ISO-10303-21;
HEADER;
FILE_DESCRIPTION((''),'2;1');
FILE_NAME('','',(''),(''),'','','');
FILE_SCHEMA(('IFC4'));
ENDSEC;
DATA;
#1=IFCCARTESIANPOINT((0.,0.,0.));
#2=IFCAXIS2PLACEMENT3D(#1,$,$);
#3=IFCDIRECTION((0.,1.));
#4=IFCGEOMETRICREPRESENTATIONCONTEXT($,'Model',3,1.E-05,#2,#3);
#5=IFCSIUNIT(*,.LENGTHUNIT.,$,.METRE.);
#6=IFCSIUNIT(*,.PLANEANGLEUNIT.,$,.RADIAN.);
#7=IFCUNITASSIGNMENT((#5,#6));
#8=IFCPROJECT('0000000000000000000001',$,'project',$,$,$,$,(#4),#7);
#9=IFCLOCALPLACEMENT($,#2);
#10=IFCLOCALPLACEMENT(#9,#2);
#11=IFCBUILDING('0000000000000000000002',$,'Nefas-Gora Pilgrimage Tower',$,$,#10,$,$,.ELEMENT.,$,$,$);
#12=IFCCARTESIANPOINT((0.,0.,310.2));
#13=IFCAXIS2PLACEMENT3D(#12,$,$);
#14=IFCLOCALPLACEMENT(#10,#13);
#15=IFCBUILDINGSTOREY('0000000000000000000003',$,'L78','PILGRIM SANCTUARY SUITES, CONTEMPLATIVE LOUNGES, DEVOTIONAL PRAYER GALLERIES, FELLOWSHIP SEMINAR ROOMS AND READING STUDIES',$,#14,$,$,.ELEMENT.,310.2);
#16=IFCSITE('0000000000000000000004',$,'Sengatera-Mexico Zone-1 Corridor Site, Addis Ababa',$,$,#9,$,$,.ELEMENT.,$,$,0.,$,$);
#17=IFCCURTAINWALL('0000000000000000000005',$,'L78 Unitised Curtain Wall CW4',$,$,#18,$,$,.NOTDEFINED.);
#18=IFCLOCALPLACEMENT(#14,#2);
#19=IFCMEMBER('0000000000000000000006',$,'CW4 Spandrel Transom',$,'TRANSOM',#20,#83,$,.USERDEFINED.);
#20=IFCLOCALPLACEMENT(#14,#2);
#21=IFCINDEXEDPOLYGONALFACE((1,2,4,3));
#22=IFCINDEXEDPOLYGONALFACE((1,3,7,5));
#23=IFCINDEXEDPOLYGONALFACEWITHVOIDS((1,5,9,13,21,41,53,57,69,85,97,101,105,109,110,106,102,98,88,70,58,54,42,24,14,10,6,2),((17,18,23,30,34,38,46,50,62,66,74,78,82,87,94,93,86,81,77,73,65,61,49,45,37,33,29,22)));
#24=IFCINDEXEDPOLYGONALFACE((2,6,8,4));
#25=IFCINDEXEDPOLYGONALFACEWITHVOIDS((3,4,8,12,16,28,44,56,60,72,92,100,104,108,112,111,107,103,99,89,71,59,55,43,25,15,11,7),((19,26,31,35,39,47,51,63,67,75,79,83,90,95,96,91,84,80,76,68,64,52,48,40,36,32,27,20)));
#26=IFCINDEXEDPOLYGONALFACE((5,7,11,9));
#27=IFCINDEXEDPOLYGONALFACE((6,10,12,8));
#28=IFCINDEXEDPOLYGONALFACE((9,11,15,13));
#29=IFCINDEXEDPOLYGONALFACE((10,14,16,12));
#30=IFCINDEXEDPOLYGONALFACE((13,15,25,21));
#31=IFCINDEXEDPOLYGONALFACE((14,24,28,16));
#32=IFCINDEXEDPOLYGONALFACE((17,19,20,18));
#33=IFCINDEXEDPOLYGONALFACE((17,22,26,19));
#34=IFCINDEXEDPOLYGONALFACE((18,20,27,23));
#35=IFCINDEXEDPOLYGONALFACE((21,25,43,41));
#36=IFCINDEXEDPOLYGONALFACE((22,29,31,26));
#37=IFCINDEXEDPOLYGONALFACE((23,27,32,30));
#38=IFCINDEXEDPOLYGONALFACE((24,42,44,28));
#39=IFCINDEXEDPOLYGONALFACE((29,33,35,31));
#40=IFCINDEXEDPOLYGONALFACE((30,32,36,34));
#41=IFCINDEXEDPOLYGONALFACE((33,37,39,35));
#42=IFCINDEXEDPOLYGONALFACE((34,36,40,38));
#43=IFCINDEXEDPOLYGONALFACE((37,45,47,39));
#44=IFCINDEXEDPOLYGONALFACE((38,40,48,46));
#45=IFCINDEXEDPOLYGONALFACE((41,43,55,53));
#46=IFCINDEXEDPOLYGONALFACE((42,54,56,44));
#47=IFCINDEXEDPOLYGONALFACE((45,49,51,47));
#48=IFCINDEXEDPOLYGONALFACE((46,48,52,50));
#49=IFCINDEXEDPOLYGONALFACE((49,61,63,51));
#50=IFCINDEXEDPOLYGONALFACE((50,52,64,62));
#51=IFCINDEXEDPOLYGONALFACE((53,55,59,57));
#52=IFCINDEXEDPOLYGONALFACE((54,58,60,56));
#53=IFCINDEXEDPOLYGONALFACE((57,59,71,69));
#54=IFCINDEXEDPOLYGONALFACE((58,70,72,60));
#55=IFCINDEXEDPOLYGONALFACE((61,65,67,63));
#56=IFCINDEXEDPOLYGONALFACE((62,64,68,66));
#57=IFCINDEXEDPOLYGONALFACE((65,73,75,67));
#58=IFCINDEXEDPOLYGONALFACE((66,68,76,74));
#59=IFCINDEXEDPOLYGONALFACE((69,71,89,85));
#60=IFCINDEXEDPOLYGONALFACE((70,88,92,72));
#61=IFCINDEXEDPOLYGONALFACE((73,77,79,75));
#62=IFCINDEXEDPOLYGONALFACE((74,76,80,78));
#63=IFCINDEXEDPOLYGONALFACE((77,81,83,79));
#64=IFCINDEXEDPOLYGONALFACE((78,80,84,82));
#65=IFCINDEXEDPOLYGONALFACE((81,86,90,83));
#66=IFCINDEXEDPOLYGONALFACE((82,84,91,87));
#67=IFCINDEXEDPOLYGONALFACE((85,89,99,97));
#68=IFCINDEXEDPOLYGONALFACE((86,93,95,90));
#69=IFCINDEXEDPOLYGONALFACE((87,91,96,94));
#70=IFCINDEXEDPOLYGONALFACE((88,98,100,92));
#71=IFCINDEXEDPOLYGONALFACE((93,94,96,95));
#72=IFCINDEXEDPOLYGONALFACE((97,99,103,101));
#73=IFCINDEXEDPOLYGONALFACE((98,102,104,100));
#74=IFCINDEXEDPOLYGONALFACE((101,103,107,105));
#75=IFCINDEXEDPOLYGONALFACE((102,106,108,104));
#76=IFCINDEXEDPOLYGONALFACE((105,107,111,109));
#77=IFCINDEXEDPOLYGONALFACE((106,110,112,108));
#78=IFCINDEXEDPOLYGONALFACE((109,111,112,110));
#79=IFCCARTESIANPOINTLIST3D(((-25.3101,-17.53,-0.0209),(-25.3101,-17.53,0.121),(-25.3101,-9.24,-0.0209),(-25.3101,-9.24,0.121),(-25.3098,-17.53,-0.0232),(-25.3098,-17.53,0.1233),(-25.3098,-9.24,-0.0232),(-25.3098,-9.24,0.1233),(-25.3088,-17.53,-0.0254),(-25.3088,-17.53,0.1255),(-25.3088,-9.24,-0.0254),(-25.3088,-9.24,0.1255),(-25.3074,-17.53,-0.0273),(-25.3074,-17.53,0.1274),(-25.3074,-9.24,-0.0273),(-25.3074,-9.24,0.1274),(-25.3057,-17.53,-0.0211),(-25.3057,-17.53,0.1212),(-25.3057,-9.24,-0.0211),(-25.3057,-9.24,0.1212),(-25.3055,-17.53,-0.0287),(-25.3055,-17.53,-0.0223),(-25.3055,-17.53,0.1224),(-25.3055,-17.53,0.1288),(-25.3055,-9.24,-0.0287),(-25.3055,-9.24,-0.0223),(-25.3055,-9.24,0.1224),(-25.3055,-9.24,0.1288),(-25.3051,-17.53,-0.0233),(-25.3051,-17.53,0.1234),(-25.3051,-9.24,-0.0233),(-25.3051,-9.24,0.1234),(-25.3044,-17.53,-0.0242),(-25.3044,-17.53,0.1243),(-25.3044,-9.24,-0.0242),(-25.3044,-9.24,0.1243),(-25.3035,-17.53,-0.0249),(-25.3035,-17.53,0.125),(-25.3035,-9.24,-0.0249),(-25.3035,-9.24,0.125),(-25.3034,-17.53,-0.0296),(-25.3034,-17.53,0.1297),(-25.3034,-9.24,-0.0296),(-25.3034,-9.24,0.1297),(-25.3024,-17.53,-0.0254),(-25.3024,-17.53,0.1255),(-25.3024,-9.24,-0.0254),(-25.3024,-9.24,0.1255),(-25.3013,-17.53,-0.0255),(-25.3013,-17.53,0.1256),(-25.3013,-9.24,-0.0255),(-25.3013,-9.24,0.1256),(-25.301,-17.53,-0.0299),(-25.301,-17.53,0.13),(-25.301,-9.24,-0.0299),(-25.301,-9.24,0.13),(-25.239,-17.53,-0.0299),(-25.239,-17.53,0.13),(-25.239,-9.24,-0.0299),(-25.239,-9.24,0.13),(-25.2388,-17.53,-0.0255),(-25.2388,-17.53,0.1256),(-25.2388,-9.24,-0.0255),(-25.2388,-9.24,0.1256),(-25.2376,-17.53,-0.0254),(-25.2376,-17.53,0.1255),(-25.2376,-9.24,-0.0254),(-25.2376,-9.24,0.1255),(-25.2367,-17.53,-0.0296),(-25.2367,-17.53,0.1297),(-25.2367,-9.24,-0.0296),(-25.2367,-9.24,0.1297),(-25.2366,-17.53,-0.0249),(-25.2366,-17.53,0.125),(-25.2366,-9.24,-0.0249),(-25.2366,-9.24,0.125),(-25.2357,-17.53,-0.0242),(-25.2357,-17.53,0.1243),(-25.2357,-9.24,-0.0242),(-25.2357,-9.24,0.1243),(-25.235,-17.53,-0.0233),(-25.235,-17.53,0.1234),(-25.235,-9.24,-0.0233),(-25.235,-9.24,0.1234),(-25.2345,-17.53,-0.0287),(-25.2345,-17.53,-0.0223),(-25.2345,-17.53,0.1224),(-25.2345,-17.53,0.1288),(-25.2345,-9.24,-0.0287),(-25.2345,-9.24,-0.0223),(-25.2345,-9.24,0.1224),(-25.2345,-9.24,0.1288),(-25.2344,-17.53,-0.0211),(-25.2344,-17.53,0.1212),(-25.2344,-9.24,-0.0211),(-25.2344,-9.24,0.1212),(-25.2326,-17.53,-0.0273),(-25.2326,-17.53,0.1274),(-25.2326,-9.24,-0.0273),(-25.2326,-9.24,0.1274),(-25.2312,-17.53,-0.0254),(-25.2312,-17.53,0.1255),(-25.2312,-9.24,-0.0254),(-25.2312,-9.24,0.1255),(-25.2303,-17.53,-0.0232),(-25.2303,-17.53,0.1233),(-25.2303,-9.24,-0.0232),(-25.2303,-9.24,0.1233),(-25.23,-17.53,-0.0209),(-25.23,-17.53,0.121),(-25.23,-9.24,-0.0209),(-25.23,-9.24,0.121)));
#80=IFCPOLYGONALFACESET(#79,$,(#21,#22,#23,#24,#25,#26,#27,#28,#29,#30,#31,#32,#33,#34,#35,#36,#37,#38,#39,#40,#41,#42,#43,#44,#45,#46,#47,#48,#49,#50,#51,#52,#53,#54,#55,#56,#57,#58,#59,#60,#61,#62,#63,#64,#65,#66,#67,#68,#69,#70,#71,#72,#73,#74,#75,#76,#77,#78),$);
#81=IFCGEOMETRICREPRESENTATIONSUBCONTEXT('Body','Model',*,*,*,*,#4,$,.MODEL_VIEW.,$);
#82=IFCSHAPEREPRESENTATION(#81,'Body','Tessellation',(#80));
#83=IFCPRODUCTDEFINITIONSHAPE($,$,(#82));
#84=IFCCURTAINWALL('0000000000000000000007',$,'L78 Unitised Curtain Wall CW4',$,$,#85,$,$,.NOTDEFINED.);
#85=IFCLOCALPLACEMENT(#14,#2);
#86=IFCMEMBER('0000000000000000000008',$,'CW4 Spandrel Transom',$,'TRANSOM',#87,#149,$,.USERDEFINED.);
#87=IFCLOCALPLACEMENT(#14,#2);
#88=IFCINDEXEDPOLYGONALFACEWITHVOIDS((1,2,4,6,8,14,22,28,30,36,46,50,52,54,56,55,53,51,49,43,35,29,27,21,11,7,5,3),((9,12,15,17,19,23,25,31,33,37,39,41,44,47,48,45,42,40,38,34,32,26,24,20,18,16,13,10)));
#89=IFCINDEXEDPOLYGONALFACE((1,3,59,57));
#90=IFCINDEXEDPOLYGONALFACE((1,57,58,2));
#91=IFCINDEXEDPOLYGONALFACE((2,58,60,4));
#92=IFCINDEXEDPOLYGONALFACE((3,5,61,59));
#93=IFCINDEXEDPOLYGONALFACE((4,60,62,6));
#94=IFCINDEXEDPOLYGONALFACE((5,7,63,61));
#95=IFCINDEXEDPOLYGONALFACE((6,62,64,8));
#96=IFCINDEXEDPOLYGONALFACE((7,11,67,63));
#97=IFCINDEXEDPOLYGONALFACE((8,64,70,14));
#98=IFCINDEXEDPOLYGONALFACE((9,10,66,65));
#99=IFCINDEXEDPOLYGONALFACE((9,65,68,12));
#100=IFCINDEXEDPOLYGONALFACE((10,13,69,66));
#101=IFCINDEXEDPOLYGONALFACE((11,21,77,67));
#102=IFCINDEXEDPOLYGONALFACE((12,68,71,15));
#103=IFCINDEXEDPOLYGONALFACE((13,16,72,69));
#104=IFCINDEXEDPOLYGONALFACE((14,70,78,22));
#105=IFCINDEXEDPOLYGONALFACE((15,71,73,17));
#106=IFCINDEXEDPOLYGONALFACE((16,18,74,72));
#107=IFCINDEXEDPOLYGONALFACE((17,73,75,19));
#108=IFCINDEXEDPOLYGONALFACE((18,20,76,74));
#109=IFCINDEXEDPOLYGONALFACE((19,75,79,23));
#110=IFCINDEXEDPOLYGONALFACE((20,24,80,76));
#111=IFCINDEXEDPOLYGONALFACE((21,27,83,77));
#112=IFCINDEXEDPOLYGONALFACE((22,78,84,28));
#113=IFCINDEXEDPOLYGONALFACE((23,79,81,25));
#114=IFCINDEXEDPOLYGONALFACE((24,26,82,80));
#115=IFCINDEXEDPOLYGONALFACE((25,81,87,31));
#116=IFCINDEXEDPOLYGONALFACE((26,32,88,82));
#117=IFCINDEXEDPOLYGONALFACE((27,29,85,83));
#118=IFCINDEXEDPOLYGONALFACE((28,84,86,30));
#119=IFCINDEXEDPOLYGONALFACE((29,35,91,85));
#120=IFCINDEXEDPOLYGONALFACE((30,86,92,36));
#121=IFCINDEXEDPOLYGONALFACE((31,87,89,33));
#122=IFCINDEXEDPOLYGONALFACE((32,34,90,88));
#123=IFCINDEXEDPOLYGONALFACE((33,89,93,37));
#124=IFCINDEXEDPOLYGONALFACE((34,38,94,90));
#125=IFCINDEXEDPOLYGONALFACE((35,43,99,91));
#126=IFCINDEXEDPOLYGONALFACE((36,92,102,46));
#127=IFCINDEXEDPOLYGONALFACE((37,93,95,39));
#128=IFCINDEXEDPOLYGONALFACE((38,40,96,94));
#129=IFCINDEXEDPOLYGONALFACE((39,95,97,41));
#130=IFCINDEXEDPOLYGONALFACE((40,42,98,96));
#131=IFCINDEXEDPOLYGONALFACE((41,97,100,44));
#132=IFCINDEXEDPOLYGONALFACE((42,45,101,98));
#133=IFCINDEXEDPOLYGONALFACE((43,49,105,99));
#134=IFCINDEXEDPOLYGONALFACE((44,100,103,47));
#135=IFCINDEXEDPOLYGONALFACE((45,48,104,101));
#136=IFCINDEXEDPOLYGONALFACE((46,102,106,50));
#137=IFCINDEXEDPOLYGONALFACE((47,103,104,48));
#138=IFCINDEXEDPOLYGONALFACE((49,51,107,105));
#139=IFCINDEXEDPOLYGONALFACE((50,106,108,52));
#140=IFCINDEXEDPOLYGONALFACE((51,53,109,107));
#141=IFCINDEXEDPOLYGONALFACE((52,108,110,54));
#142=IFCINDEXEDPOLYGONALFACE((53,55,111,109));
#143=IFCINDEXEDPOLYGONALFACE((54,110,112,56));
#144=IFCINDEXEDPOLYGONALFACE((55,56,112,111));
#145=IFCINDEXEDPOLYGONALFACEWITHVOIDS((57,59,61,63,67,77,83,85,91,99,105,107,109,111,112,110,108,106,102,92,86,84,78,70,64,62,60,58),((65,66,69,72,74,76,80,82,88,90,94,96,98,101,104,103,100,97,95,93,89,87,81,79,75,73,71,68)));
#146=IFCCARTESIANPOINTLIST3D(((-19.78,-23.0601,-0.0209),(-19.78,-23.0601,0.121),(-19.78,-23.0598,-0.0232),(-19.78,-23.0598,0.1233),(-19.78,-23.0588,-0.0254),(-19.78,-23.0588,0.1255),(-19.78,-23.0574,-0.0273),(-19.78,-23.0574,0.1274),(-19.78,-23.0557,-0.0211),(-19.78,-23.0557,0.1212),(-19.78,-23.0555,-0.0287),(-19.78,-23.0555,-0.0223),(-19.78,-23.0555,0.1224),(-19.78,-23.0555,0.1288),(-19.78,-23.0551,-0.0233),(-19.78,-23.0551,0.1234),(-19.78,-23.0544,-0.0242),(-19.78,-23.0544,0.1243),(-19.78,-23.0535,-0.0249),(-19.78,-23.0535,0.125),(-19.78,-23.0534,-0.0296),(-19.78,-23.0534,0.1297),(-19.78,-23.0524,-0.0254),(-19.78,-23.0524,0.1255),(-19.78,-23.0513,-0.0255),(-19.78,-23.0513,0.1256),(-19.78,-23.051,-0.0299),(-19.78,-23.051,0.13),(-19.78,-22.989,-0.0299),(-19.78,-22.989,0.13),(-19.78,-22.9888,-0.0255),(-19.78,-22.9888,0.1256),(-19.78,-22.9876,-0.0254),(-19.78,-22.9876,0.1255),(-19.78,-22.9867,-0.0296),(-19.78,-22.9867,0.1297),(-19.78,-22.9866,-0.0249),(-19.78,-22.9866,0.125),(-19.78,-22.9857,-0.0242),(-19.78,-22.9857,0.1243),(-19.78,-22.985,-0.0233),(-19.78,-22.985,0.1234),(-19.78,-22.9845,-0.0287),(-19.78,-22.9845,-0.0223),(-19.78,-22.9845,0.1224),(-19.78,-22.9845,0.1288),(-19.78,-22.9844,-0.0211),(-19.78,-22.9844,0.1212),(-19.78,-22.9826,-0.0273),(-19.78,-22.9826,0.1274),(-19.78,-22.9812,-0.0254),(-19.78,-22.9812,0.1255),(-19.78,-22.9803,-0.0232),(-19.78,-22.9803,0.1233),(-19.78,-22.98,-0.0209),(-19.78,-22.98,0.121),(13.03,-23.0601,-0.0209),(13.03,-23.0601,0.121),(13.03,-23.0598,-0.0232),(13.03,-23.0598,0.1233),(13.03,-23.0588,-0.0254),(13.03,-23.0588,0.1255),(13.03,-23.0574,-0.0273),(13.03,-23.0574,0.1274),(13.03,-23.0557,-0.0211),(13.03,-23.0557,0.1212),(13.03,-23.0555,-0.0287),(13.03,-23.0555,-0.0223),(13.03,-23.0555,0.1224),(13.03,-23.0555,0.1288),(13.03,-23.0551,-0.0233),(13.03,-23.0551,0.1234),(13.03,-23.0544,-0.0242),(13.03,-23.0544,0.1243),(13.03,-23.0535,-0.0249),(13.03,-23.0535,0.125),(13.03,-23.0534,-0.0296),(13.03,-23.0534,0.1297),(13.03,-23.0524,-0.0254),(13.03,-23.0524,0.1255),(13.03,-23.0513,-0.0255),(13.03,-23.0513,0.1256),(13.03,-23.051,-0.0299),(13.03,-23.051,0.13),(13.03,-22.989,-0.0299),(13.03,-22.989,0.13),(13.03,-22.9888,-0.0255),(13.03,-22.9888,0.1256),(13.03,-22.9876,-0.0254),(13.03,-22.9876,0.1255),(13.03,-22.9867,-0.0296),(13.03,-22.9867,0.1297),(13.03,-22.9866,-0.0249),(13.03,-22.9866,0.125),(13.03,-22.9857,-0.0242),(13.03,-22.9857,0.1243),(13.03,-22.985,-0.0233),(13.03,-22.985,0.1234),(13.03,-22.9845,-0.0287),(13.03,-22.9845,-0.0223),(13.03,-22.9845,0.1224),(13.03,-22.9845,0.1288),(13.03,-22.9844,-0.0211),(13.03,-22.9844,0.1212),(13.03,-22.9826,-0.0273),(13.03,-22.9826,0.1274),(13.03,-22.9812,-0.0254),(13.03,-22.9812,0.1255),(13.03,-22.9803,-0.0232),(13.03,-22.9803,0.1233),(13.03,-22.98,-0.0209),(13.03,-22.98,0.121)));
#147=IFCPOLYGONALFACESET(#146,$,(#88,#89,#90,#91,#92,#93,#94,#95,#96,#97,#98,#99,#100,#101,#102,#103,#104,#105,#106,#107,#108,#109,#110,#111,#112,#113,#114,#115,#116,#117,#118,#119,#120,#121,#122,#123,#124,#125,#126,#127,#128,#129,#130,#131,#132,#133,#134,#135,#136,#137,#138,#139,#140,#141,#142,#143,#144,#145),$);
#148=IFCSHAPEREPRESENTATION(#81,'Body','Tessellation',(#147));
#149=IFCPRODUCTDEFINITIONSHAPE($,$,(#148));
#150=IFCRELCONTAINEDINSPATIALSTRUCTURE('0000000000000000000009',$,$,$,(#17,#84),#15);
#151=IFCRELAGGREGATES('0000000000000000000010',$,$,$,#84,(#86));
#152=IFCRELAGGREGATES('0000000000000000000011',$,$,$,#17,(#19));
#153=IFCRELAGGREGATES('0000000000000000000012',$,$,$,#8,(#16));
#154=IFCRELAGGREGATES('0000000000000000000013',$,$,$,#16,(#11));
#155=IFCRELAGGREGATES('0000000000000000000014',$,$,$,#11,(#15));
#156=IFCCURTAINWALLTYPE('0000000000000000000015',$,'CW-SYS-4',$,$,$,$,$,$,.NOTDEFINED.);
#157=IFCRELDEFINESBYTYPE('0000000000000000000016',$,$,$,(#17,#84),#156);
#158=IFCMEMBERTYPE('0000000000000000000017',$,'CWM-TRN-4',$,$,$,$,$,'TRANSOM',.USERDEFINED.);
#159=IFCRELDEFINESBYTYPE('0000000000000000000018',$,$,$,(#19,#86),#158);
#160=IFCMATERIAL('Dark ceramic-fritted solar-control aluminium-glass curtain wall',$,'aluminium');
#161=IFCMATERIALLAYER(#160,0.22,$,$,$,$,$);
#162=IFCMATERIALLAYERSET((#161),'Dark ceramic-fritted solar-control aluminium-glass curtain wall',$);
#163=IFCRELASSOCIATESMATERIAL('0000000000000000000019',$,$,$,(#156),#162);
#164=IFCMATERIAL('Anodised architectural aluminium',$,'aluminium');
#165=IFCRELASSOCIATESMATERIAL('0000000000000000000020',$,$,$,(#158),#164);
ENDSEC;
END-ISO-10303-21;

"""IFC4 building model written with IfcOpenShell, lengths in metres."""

from ifc_helpers import new_model, si_unit, direction, frame, origin, origin_2d, place, context, subcontext, project, spatial, hollow_rectangle, extrude, source, transform, mapped, material, layer, layer_set, material_profile, profile_set, type_object, element, aggregate, save


model = new_model("IFC4")

# Units and contexts
model_context = context("Model", 3, precision=1e-05, world=origin(), true_north=direction((0.0, 1.0)))
body_context = subcontext(model_context, "Body", "Model", "MODEL_VIEW")
ifc_project = project(units=[si_unit("LENGTHUNIT", "METRE"), si_unit("PLANEANGLEUNIT", "RADIAN")], contexts=[model_context])

# Site, building, storey
site_placement = place(None, origin())
site = spatial("IfcSite", under=ifc_project, at=site_placement, Name="Sengatera-Mexico Zone-1 Corridor Site, Addis Ababa", CompositionType="ELEMENT", RefElevation=0.0)
building_placement = place(site_placement, origin())
building = spatial("IfcBuilding", under=site, at=building_placement, Name="Nefas-Gora Pilgrimage Tower", CompositionType="ELEMENT")
storey_placement = place(building_placement, frame((0.0, 0.0, 310.2)))
storey = spatial("IfcBuildingStorey", under=building, at=storey_placement, Name="L78", Description="PILGRIM SANCTUARY SUITES, CONTEMPLATIVE LOUNGES, DEVOTIONAL PRAYER GALLERIES, FELLOWSHIP SEMINAR ROOMS AND READING STUDIES", CompositionType="ELEMENT", Elevation=310.2)

# Curtain walls, members
ifc_material_1 = material(Name="Dark ceramic-fritted solar-control aluminium-glass curtain wall", Category="aluminium")
ifc_layer_1 = layer(ifc_material_1, 0.22)
ifc_layer_set_1 = layer_set([ifc_layer_1], Name="Dark ceramic-fritted solar-control aluminium-glass curtain wall")
curtain_wall_type = type_object("IfcCurtainWallType", Name="CW-SYS-4", PredefinedType="NOTDEFINED", material=ifc_layer_set_1)
curtain_wall_1_placement = place(storey_placement, origin())
curtain_wall_1 = element("IfcCurtainWall", 1, at=curtain_wall_1_placement, inside=storey, type_object=curtain_wall_type, Name="L78 Unitised Curtain Wall CW4", PredefinedType="NOTDEFINED")
ifc_material_2 = material(Name="Anodised architectural aluminium", Category="aluminium")
ifc_material_profile_1 = material_profile(ifc_material_2, hollow_rectangle(XDim=0.0801, YDim=0.1599, WallThickness=0.0044, InnerFilletRadius=0.0044, OuterFilletRadius=0.009, at=origin_2d()), Name="ALU TRANSOM 80x160")
ifc_profile_set_1 = profile_set([ifc_material_profile_1], Name="Anodised architectural aluminium")
member_type_1 = type_object("IfcMemberType", Name="CWM-TRN-4", ElementType="TRANSOM", PredefinedType="USERDEFINED", material=ifc_profile_set_1)
shared_shape_1 = source(origin(), body_context, "Body", "SweptSolid", [
    extrude(hollow_rectangle(XDim=0.0801, YDim=0.1599, WallThickness=0.0044, InnerFilletRadius=0.0044, OuterFilletRadius=0.009, at=origin_2d()), origin(), (0.0, 0.0, 1.0), 8.29),
])
member_1_placement = place(storey_placement, frame((-25.27, -9.24, 0.05), z_axis=(0.0, -1.0, 0.0), x_axis=(1.0, 0.0, 0.0)))
member_1 = element("IfcMember", 2, at=member_1_placement, type_object=member_type_1, Name="CW4 Spandrel Transom", ObjectType="TRANSOM", PredefinedType="USERDEFINED", context=body_context, shape_type="MappedRepresentation", body=[
    mapped(shared_shape_1, transform((0.0, 0.0, 0.0), x_axis=(1.0, 0.0, 0.0), y_axis=(0.0, 1.0, 0.0), z_axis=(0.0, 0.0, 1.0), scale=1.0)),
])
curtain_wall_2_placement = place(storey_placement, origin())
curtain_wall_2 = element("IfcCurtainWall", 3, at=curtain_wall_2_placement, inside=storey, type_object=curtain_wall_type, Name="L78 Unitised Curtain Wall CW4", PredefinedType="NOTDEFINED")
shared_shape_2 = source(origin(), body_context, "Body", "SweptSolid", [
    extrude(hollow_rectangle(XDim=0.0801, YDim=0.1599, WallThickness=0.0044, InnerFilletRadius=0.0044, OuterFilletRadius=0.009, at=origin_2d()), origin(), (0.0, 0.0, 1.0), 32.8101),
])
member_2_placement = place(storey_placement, frame((-19.78, -23.02, 0.05), z_axis=(1.0, 0.0, 0.0), x_axis=(0.0, 1.0, 0.0)))
member_2 = element("IfcMember", 4, at=member_2_placement, type_object=member_type_1, Name="CW4 Spandrel Transom", ObjectType="TRANSOM", PredefinedType="USERDEFINED", context=body_context, shape_type="MappedRepresentation", body=[
    mapped(shared_shape_2, transform((0.0, 0.0, 0.0), x_axis=(1.0, 0.0, 0.0), y_axis=(0.0, 1.0, 0.0), z_axis=(0.0, 0.0, 1.0), scale=1.0)),
])

aggregate(curtain_wall_2, [member_2])

aggregate(curtain_wall_1, [member_1])

save(model, "model.ifc")
